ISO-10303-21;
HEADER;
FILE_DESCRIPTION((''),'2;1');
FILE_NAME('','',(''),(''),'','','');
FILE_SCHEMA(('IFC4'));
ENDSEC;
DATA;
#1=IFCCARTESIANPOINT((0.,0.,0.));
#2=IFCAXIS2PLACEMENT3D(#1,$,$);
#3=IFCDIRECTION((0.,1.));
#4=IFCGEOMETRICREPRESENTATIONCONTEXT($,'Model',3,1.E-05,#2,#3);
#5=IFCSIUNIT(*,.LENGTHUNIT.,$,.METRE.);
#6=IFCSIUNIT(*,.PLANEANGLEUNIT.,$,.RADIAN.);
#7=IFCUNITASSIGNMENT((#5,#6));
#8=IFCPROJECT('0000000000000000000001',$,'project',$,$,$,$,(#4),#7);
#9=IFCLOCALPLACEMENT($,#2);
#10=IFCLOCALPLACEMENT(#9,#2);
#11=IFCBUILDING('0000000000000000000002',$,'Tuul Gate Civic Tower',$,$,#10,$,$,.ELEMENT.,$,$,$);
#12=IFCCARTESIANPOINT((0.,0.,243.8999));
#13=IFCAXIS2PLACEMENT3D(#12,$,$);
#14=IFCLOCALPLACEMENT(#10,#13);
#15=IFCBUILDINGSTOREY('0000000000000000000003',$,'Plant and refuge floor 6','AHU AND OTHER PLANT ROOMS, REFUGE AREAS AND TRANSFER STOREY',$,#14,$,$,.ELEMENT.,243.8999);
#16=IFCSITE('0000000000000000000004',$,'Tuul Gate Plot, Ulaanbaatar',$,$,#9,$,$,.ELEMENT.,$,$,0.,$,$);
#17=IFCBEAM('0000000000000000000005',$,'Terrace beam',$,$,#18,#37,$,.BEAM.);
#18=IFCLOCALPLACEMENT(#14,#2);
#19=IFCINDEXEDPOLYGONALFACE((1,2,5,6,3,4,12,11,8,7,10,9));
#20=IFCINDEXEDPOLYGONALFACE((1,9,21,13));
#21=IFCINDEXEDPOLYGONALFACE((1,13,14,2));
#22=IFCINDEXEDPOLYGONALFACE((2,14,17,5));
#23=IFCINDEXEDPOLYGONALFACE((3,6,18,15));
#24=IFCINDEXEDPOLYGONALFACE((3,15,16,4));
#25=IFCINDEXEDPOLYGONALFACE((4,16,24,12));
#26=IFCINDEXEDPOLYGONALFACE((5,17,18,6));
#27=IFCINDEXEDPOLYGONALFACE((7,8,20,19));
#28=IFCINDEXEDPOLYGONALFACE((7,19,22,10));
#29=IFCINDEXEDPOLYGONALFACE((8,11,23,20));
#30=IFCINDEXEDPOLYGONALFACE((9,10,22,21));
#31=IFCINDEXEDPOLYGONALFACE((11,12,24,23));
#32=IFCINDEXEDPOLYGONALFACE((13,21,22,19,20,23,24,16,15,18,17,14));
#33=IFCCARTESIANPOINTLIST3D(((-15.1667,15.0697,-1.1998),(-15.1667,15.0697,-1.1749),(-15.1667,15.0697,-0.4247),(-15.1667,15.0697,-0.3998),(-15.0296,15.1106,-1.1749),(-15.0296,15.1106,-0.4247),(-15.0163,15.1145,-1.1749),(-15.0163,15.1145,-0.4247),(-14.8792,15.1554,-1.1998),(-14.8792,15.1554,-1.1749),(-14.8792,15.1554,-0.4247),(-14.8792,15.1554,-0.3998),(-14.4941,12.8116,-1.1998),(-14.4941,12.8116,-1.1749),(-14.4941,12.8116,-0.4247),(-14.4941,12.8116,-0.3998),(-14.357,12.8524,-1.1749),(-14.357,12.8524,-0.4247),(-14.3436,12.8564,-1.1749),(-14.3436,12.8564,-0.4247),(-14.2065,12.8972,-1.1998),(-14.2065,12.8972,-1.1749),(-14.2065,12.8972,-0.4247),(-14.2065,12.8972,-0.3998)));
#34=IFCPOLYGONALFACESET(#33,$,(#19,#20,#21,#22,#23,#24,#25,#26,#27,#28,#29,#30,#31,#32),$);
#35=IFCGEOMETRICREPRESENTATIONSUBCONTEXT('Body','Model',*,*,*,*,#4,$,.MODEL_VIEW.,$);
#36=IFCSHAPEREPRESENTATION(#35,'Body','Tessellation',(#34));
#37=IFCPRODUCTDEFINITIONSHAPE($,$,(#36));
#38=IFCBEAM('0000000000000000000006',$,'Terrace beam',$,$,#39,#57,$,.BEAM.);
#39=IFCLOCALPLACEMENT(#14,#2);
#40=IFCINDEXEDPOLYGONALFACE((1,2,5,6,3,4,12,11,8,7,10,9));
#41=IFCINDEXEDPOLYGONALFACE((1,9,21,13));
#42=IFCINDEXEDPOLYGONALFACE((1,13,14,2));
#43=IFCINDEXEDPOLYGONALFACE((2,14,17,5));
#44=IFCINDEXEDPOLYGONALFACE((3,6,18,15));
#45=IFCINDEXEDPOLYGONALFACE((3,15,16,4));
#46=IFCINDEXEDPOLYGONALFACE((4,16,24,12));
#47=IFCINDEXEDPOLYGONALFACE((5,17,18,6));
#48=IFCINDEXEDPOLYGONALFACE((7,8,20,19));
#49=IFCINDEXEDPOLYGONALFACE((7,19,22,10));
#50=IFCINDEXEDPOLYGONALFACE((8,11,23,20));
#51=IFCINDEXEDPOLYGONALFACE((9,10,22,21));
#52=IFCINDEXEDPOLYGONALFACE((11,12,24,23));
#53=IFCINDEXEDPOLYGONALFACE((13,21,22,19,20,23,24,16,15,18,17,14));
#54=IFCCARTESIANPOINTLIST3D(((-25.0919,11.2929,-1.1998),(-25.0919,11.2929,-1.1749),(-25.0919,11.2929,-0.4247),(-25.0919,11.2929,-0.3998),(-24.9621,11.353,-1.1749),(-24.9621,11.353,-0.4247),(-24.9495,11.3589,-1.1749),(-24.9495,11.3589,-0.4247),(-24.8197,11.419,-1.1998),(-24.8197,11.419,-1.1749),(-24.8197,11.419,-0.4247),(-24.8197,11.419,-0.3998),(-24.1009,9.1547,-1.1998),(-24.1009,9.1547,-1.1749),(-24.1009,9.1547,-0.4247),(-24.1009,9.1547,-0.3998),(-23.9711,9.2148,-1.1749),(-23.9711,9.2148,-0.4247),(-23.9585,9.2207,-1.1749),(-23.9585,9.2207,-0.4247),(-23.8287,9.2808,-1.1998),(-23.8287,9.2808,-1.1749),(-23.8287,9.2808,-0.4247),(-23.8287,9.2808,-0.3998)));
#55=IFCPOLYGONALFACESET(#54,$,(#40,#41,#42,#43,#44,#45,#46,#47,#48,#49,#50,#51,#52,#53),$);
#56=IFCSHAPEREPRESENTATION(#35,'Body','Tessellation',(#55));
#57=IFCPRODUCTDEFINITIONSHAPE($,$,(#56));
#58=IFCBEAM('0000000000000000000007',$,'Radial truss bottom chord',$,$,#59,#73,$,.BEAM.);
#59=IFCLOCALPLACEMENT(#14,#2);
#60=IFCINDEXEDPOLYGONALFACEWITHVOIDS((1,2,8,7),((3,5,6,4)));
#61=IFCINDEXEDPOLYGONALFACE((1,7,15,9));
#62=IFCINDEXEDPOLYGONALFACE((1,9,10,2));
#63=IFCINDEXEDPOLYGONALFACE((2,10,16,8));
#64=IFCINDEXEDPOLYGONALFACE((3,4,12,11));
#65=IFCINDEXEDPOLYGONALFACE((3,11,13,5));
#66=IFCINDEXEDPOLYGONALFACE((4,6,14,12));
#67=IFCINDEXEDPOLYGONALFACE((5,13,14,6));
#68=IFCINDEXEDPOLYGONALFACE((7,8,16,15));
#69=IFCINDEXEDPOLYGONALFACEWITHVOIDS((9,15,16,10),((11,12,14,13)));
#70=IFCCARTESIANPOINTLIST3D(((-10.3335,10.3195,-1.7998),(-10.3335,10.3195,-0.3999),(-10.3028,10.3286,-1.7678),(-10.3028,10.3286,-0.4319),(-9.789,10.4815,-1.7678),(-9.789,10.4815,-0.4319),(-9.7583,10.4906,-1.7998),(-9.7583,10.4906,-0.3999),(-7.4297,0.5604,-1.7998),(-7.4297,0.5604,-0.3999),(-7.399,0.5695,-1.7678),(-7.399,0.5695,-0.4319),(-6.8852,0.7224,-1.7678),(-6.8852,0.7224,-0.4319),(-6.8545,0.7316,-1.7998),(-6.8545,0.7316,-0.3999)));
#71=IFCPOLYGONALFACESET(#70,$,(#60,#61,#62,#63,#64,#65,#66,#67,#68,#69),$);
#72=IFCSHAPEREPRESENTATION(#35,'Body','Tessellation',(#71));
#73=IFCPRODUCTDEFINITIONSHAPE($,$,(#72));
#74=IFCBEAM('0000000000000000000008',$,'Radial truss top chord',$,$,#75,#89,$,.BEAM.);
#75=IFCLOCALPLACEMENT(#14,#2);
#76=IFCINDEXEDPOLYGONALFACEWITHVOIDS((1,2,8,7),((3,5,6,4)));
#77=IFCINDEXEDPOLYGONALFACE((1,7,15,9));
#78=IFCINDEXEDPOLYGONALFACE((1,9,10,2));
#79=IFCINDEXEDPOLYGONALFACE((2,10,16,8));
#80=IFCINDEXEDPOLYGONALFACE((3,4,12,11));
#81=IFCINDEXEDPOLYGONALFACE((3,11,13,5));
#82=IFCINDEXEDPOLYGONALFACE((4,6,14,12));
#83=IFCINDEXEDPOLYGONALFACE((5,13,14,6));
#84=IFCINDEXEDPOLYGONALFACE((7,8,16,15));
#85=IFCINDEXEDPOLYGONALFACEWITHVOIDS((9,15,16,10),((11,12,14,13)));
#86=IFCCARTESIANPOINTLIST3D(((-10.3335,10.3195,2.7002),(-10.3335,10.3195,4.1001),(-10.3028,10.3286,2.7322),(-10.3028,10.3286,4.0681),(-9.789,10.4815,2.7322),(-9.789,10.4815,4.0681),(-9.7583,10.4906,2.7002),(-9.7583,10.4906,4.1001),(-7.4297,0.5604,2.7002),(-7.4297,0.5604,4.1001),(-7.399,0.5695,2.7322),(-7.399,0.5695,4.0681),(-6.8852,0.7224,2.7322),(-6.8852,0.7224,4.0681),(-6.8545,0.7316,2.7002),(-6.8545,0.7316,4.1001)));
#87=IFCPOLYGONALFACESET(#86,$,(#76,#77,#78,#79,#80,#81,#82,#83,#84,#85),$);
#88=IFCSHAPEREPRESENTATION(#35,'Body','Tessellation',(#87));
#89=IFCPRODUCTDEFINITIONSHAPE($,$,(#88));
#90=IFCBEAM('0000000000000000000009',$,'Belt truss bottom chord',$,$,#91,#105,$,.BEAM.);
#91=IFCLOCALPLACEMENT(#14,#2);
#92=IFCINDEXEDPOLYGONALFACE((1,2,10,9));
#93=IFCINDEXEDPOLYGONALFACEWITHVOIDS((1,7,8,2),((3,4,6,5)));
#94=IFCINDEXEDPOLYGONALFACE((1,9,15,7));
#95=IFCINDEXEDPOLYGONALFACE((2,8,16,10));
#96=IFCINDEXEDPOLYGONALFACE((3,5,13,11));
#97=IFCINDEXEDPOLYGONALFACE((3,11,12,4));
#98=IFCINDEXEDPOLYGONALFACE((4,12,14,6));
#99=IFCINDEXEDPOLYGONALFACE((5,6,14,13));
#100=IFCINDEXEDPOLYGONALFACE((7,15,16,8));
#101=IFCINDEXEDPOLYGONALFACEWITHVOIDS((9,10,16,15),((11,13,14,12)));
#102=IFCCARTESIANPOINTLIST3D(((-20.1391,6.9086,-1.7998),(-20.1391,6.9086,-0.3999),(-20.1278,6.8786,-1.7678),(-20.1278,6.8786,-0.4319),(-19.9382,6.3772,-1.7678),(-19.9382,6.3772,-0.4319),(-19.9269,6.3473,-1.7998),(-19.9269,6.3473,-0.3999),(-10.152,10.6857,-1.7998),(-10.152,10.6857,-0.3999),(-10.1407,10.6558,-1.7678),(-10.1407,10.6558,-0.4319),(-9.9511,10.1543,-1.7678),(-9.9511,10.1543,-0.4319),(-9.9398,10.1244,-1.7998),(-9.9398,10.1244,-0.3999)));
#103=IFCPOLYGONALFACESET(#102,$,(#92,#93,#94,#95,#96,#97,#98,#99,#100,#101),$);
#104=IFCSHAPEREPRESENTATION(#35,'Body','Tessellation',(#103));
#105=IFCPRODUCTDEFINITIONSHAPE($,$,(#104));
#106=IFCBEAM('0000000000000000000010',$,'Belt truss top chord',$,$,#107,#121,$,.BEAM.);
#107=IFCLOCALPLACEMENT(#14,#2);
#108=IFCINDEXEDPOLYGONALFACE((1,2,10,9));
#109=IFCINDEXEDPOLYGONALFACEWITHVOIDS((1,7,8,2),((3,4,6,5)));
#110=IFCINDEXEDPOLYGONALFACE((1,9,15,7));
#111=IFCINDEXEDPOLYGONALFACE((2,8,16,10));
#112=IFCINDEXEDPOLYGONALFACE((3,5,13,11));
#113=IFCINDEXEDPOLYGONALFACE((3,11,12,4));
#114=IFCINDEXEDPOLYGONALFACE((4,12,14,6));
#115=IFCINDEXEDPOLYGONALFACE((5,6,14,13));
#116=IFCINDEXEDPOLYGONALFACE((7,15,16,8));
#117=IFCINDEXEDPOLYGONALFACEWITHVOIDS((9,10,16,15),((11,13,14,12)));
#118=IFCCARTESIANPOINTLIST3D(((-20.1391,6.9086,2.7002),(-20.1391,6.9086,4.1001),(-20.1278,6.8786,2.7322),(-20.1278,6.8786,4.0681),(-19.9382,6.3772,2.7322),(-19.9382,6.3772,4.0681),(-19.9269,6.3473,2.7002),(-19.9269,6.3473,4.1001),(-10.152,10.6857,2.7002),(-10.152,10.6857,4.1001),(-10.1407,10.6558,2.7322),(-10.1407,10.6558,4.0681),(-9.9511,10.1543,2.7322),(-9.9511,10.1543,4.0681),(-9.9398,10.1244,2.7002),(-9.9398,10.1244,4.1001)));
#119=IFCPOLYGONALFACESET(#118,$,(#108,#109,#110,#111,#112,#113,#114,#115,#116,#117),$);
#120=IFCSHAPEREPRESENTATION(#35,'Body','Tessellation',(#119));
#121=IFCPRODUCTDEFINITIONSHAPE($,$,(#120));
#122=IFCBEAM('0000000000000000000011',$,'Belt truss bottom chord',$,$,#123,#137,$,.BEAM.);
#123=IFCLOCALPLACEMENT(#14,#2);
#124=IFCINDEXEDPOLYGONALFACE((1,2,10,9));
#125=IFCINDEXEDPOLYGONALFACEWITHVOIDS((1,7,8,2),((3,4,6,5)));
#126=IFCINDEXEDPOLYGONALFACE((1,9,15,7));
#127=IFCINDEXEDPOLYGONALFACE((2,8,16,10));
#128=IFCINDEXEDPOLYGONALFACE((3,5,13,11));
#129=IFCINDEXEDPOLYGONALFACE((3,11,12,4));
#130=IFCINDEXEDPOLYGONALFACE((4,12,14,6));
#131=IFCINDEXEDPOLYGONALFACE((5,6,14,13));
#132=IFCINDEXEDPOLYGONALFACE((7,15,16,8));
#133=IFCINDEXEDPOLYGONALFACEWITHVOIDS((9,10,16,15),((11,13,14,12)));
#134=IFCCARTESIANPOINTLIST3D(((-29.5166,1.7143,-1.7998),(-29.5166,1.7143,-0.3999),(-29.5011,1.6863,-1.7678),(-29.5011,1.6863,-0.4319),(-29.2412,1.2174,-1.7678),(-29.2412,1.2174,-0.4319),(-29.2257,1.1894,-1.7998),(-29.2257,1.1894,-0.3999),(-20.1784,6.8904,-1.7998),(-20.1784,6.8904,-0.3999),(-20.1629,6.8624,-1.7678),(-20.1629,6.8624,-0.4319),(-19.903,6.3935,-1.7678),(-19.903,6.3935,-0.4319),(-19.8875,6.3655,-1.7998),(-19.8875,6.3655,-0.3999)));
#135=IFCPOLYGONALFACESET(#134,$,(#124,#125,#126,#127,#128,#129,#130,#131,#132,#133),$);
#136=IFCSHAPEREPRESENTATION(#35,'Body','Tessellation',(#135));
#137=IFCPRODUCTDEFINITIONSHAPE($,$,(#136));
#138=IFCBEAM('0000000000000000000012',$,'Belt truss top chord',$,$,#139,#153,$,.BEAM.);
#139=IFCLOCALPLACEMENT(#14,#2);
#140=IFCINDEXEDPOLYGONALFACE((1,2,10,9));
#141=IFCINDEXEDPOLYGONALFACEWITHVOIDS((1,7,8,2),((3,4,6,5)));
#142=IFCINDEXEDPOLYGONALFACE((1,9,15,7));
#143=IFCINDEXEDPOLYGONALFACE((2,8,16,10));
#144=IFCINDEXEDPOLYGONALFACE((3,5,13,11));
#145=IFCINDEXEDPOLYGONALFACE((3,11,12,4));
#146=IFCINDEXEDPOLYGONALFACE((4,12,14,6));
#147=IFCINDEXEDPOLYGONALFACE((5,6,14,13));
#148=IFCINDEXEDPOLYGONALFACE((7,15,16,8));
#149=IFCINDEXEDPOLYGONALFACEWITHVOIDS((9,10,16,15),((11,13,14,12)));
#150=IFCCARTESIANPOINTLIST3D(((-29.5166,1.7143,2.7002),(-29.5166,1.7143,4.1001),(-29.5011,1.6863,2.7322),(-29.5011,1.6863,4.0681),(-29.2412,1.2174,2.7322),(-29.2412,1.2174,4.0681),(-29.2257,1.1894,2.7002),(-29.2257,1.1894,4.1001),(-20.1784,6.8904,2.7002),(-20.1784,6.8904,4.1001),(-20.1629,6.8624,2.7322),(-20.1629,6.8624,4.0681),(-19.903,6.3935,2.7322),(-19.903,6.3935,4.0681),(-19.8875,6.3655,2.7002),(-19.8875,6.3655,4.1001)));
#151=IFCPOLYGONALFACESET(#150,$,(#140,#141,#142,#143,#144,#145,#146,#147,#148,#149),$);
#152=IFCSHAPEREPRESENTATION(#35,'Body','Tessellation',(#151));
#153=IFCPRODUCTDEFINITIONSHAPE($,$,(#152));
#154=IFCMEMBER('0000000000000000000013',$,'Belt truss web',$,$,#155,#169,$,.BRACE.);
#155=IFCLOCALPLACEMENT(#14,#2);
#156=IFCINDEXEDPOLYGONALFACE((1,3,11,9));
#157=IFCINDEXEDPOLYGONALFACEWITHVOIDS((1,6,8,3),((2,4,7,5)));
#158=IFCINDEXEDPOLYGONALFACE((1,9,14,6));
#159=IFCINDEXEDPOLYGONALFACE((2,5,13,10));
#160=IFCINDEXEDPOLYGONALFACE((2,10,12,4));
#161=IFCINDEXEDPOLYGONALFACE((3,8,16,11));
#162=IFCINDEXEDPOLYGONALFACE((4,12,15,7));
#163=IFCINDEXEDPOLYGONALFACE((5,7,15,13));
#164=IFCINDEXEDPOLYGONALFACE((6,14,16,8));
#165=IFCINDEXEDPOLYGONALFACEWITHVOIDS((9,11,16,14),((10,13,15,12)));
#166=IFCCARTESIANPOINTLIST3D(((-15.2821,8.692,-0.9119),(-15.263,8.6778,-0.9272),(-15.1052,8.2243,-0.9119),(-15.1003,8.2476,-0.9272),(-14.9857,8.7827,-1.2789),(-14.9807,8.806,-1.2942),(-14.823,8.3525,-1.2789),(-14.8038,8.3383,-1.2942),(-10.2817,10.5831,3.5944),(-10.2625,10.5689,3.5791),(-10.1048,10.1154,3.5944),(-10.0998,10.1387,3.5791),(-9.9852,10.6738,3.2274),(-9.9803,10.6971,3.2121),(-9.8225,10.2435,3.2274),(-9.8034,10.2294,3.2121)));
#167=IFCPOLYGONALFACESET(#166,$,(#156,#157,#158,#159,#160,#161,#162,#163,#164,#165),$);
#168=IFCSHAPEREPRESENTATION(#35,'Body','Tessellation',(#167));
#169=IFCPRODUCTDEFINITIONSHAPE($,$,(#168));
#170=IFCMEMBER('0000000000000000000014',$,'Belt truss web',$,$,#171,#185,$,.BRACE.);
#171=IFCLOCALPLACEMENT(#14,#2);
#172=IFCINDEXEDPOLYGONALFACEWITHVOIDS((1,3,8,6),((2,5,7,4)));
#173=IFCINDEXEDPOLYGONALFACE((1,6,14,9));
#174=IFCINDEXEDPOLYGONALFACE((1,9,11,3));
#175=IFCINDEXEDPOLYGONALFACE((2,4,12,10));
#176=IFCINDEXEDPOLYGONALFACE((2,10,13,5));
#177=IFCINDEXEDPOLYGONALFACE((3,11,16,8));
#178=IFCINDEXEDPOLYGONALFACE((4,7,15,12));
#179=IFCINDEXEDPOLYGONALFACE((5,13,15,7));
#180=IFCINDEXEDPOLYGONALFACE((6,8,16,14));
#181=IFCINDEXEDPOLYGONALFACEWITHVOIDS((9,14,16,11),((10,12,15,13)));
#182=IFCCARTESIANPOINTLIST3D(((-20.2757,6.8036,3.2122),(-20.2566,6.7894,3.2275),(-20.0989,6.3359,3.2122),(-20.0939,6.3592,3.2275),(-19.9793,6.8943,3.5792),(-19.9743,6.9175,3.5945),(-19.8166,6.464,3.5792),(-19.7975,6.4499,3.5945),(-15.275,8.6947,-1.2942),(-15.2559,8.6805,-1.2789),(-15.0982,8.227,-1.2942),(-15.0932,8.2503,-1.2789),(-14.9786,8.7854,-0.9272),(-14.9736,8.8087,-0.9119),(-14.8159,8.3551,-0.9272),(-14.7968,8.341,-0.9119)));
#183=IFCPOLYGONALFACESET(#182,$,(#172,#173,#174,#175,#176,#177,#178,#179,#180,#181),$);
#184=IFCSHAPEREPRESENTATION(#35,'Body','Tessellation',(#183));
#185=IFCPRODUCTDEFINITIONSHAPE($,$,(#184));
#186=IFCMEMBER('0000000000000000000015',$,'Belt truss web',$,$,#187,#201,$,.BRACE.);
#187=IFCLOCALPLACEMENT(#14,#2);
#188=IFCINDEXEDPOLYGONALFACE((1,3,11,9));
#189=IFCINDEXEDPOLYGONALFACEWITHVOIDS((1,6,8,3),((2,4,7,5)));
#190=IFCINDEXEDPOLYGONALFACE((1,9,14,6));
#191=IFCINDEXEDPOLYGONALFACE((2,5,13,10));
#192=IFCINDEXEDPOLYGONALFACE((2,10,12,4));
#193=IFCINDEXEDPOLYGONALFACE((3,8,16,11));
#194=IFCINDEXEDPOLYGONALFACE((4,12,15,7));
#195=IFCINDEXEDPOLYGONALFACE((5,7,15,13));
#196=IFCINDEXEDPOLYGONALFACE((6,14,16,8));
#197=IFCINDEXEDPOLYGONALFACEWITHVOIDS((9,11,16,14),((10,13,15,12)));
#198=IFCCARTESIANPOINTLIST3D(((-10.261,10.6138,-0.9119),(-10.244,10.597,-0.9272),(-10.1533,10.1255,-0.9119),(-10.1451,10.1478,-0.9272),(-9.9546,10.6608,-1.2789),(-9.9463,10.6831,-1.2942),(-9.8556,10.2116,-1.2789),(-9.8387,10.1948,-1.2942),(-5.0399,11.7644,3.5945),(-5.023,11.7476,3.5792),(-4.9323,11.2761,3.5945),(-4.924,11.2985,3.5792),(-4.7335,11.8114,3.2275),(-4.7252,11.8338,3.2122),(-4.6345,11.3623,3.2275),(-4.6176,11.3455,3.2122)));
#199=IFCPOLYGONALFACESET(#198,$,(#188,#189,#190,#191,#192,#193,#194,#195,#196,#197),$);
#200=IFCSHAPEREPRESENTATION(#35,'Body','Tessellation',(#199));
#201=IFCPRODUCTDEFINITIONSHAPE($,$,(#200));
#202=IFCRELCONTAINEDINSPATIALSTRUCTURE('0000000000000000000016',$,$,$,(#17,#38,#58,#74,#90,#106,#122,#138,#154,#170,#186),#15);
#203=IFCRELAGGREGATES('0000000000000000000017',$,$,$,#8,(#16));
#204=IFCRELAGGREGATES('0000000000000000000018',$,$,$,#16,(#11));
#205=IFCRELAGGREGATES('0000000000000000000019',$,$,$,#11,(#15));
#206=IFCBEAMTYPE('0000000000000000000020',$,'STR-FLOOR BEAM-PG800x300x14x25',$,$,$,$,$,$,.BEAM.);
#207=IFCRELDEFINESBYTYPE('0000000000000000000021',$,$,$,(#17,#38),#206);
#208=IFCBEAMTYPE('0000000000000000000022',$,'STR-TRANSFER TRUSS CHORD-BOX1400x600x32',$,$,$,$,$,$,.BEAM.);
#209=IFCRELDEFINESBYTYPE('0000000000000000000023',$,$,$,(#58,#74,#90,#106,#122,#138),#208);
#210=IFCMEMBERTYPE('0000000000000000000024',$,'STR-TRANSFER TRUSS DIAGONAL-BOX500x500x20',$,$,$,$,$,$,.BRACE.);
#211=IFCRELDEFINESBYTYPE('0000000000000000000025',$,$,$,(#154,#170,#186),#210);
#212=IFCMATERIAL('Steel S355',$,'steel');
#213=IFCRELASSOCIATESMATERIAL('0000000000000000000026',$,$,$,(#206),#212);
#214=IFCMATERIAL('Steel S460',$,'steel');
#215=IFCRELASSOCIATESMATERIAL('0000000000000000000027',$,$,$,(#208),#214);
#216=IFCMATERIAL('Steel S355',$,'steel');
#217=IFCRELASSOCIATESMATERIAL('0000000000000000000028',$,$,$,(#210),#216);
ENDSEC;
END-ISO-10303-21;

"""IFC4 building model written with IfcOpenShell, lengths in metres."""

from ifc_helpers import new_model, si_unit, direction, frame, origin, origin_2d, place, context, subcontext, project, spatial, hollow_rectangle, i_section, extrude, material, material_profile, profile_set, type_object, element, save


model = new_model("IFC4")

# Units and contexts
model_context = context("Model", 3, precision=1e-05, world=origin(), true_north=direction((0.0, 1.0)))
body_context = subcontext(model_context, "Body", "Model", "MODEL_VIEW")
ifc_project = project(units=[si_unit("LENGTHUNIT", "METRE"), si_unit("PLANEANGLEUNIT", "RADIAN")], contexts=[model_context])

# Site, building, storey
site_placement = place(None, origin())
site = spatial("IfcSite", under=ifc_project, at=site_placement, Name="Tuul Gate Plot, Ulaanbaatar", CompositionType="ELEMENT", RefElevation=0.0)
building_placement = place(site_placement, origin())
building = spatial("IfcBuilding", under=site, at=building_placement, Name="Tuul Gate Civic Tower", CompositionType="ELEMENT")
storey_placement = place(building_placement, frame((0.0, 0.0, 243.8999)))
storey = spatial("IfcBuildingStorey", under=building, at=storey_placement, Name="Plant and refuge floor 6", Description="AHU AND OTHER PLANT ROOMS, REFUGE AREAS AND TRANSFER STOREY", CompositionType="ELEMENT", Elevation=243.8999)

# Beams
ifc_material_1 = material(Name="Steel S355", Category="steel")
ifc_material_profile_1 = material_profile(ifc_material_1, i_section(OverallWidth=0.3, OverallDepth=0.8, WebThickness=0.0139, FlangeThickness=0.0249, at=origin_2d()), Name="PG800x300x14x25")
ifc_profile_set_1 = profile_set([ifc_material_profile_1], Name="Steel S355")
beam_type_1 = type_object("IfcBeamType", Name="STR-FLOOR BEAM-PG800x300x14x25", PredefinedType="BEAM", material=ifc_profile_set_1)
beam_1_placement = place(storey_placement, frame((-15.0229, 15.1125, -0.7998), z_axis=(0.285475, -0.958386, 0.0), x_axis=(0.958386, 0.285475, 0.0)))
element("IfcBeam", 1, at=beam_1_placement, inside=storey, type_object=beam_type_1, Name="Terrace beam", PredefinedType="BEAM", context=body_context, shape_type="SweptSolid", body=[
    extrude(i_section(OverallWidth=0.3, OverallDepth=0.8, WebThickness=0.0139, FlangeThickness=0.0249, at=origin_2d()), origin(), (0.0, 0.0, 1.0), 2.3562),
])
beam_2_placement = place(storey_placement, frame((-24.9558, 11.356, -0.7998), z_axis=(0.420496, -0.907294, 0.0), x_axis=(0.907294, 0.420496, 0.0)))
element("IfcBeam", 2, at=beam_2_placement, inside=storey, type_object=beam_type_1, Name="Terrace beam", PredefinedType="BEAM", context=body_context, shape_type="SweptSolid", body=[
    extrude(i_section(OverallWidth=0.3, OverallDepth=0.8, WebThickness=0.0139, FlangeThickness=0.0249, at=origin_2d()), origin(), (0.0, 0.0, 1.0), 2.3567),
])
ifc_material_2 = material(Name="Steel S460", Category="steel")
ifc_material_profile_2 = material_profile(ifc_material_2, hollow_rectangle(XDim=0.6001, YDim=1.3999, WallThickness=0.032, at=origin_2d()), Name="BOX1400x600x32")
ifc_profile_set_2 = profile_set([ifc_material_profile_2], Name="Steel S460")
beam_type_2 = type_object("IfcBeamType", Name="STR-TRANSFER TRUSS CHORD-BOX1400x600x32", PredefinedType="BEAM", material=ifc_profile_set_2)
for number, where, z_axis, x_axis, name in (
    (3, (-10.0459, 10.405, -1.0999), (0.285194, -0.95847, 0.0), (0.95847, 0.285194, 0.0), "Radial truss bottom chord"),
    (4, (-10.0459, 10.405, 3.4001), (0.285194, -0.95847, 0.0), (0.95847, 0.285194, 0.0), "Radial truss top chord"),
):
    element("IfcBeam", number, at=place(storey_placement, frame(where, z_axis=z_axis, x_axis=x_axis)), inside=storey, type_object=beam_type_2, Name=name, PredefinedType="BEAM", context=body_context, shape_type="SweptSolid", body=[
        extrude(hollow_rectangle(XDim=0.6001, YDim=1.3999, WallThickness=0.032, at=origin_2d()), origin(), (0.0, 0.0, 1.0), 10.1819),
    ])
for number, where, z_axis, x_axis, name in (
    (5, (-10.0459, 10.405, -1.0999), (-0.935342, -0.353746, 0.0), (0.353746, -0.935342, 0.0), "Belt truss bottom chord"),
    (6, (-10.0459, 10.405, 3.4001), (-0.935342, -0.353746, 0.0), (0.353746, -0.935342, 0.0), "Belt truss top chord"),
):
    element("IfcBeam", number, at=place(storey_placement, frame(where, z_axis=z_axis, x_axis=x_axis)), inside=storey, type_object=beam_type_2, Name=name, PredefinedType="BEAM", context=body_context, shape_type="SweptSolid", body=[
        extrude(hollow_rectangle(XDim=0.6001, YDim=1.3999, WallThickness=0.032, at=origin_2d()), origin(), (0.0, 0.0, 1.0), 10.6775),
    ])
for number, where, z_axis, x_axis, name in (
    (7, (-20.033, 6.6279, -1.0999), (-0.874627, -0.484796, 0.0), (0.484796, -0.874627, 0.0), "Belt truss bottom chord"),
    (8, (-20.033, 6.6279, 3.4001), (-0.874627, -0.484796, 0.0), (0.484796, -0.874627, 0.0), "Belt truss top chord"),
):
    element("IfcBeam", number, at=place(storey_placement, frame(where, z_axis=z_axis, x_axis=x_axis)), inside=storey, type_object=beam_type_2, Name=name, PredefinedType="BEAM", context=body_context, shape_type="SweptSolid", body=[
        extrude(hollow_rectangle(XDim=0.6001, YDim=1.3999, WallThickness=0.032, at=origin_2d()), origin(), (0.0, 0.0, 1.0), 10.6768),
    ])

# Members
ifc_material_3 = material(Name="Steel S355", Category="steel")
ifc_material_profile_3 = material_profile(ifc_material_3, hollow_rectangle(XDim=0.5, YDim=0.5, WallThickness=0.02, at=origin_2d()), Name="BOX500x500x20")
ifc_profile_set_3 = profile_set([ifc_material_profile_3], Name="Steel S355")
member_type_1 = type_object("IfcMemberType", Name="STR-TRANSFER TRUSS DIAGONAL-BOX500x500x20", PredefinedType="BRACE", material=ifc_profile_set_3)
member_1_placement = place(storey_placement, frame((-15.043, 8.5151, -1.103), z_axis=(0.715171, 0.270467, 0.644499), x_axis=(-0.353734, 0.935346, 0.0)))
element("IfcMember", 9, at=member_1_placement, inside=storey, type_object=member_type_1, Name="Belt truss web", PredefinedType="BRACE", context=body_context, shape_type="SweptSolid", body=[
    extrude(hollow_rectangle(XDim=0.5, YDim=0.5, WallThickness=0.02, at=origin_2d()), origin(), (0.0, 0.0, 1.0), 6.9919),
])
for number, where, z_axis, x_axis, name in (
    (10, (-15.0359, 8.5178, -1.103), (-0.715188, -0.270461, 0.644482), (0.353719, -0.935352, 0.0), "Belt truss web"),
    (11, (-10.0498, 10.4043, -1.103), (0.746693, 0.164562, 0.644492), (-0.215223, 0.976565, 0.0), "Belt truss web"),
):
    element("IfcMember", number, at=place(storey_placement, frame(where, z_axis=z_axis, x_axis=x_axis)), inside=storey, type_object=member_type_1, Name=name, PredefinedType="BRACE", context=body_context, shape_type="SweptSolid", body=[
        extrude(hollow_rectangle(XDim=0.5, YDim=0.5, WallThickness=0.02, at=origin_2d()), origin(), (0.0, 0.0, 1.0), 6.9922),
    ])

save(model, "model.ifc")
